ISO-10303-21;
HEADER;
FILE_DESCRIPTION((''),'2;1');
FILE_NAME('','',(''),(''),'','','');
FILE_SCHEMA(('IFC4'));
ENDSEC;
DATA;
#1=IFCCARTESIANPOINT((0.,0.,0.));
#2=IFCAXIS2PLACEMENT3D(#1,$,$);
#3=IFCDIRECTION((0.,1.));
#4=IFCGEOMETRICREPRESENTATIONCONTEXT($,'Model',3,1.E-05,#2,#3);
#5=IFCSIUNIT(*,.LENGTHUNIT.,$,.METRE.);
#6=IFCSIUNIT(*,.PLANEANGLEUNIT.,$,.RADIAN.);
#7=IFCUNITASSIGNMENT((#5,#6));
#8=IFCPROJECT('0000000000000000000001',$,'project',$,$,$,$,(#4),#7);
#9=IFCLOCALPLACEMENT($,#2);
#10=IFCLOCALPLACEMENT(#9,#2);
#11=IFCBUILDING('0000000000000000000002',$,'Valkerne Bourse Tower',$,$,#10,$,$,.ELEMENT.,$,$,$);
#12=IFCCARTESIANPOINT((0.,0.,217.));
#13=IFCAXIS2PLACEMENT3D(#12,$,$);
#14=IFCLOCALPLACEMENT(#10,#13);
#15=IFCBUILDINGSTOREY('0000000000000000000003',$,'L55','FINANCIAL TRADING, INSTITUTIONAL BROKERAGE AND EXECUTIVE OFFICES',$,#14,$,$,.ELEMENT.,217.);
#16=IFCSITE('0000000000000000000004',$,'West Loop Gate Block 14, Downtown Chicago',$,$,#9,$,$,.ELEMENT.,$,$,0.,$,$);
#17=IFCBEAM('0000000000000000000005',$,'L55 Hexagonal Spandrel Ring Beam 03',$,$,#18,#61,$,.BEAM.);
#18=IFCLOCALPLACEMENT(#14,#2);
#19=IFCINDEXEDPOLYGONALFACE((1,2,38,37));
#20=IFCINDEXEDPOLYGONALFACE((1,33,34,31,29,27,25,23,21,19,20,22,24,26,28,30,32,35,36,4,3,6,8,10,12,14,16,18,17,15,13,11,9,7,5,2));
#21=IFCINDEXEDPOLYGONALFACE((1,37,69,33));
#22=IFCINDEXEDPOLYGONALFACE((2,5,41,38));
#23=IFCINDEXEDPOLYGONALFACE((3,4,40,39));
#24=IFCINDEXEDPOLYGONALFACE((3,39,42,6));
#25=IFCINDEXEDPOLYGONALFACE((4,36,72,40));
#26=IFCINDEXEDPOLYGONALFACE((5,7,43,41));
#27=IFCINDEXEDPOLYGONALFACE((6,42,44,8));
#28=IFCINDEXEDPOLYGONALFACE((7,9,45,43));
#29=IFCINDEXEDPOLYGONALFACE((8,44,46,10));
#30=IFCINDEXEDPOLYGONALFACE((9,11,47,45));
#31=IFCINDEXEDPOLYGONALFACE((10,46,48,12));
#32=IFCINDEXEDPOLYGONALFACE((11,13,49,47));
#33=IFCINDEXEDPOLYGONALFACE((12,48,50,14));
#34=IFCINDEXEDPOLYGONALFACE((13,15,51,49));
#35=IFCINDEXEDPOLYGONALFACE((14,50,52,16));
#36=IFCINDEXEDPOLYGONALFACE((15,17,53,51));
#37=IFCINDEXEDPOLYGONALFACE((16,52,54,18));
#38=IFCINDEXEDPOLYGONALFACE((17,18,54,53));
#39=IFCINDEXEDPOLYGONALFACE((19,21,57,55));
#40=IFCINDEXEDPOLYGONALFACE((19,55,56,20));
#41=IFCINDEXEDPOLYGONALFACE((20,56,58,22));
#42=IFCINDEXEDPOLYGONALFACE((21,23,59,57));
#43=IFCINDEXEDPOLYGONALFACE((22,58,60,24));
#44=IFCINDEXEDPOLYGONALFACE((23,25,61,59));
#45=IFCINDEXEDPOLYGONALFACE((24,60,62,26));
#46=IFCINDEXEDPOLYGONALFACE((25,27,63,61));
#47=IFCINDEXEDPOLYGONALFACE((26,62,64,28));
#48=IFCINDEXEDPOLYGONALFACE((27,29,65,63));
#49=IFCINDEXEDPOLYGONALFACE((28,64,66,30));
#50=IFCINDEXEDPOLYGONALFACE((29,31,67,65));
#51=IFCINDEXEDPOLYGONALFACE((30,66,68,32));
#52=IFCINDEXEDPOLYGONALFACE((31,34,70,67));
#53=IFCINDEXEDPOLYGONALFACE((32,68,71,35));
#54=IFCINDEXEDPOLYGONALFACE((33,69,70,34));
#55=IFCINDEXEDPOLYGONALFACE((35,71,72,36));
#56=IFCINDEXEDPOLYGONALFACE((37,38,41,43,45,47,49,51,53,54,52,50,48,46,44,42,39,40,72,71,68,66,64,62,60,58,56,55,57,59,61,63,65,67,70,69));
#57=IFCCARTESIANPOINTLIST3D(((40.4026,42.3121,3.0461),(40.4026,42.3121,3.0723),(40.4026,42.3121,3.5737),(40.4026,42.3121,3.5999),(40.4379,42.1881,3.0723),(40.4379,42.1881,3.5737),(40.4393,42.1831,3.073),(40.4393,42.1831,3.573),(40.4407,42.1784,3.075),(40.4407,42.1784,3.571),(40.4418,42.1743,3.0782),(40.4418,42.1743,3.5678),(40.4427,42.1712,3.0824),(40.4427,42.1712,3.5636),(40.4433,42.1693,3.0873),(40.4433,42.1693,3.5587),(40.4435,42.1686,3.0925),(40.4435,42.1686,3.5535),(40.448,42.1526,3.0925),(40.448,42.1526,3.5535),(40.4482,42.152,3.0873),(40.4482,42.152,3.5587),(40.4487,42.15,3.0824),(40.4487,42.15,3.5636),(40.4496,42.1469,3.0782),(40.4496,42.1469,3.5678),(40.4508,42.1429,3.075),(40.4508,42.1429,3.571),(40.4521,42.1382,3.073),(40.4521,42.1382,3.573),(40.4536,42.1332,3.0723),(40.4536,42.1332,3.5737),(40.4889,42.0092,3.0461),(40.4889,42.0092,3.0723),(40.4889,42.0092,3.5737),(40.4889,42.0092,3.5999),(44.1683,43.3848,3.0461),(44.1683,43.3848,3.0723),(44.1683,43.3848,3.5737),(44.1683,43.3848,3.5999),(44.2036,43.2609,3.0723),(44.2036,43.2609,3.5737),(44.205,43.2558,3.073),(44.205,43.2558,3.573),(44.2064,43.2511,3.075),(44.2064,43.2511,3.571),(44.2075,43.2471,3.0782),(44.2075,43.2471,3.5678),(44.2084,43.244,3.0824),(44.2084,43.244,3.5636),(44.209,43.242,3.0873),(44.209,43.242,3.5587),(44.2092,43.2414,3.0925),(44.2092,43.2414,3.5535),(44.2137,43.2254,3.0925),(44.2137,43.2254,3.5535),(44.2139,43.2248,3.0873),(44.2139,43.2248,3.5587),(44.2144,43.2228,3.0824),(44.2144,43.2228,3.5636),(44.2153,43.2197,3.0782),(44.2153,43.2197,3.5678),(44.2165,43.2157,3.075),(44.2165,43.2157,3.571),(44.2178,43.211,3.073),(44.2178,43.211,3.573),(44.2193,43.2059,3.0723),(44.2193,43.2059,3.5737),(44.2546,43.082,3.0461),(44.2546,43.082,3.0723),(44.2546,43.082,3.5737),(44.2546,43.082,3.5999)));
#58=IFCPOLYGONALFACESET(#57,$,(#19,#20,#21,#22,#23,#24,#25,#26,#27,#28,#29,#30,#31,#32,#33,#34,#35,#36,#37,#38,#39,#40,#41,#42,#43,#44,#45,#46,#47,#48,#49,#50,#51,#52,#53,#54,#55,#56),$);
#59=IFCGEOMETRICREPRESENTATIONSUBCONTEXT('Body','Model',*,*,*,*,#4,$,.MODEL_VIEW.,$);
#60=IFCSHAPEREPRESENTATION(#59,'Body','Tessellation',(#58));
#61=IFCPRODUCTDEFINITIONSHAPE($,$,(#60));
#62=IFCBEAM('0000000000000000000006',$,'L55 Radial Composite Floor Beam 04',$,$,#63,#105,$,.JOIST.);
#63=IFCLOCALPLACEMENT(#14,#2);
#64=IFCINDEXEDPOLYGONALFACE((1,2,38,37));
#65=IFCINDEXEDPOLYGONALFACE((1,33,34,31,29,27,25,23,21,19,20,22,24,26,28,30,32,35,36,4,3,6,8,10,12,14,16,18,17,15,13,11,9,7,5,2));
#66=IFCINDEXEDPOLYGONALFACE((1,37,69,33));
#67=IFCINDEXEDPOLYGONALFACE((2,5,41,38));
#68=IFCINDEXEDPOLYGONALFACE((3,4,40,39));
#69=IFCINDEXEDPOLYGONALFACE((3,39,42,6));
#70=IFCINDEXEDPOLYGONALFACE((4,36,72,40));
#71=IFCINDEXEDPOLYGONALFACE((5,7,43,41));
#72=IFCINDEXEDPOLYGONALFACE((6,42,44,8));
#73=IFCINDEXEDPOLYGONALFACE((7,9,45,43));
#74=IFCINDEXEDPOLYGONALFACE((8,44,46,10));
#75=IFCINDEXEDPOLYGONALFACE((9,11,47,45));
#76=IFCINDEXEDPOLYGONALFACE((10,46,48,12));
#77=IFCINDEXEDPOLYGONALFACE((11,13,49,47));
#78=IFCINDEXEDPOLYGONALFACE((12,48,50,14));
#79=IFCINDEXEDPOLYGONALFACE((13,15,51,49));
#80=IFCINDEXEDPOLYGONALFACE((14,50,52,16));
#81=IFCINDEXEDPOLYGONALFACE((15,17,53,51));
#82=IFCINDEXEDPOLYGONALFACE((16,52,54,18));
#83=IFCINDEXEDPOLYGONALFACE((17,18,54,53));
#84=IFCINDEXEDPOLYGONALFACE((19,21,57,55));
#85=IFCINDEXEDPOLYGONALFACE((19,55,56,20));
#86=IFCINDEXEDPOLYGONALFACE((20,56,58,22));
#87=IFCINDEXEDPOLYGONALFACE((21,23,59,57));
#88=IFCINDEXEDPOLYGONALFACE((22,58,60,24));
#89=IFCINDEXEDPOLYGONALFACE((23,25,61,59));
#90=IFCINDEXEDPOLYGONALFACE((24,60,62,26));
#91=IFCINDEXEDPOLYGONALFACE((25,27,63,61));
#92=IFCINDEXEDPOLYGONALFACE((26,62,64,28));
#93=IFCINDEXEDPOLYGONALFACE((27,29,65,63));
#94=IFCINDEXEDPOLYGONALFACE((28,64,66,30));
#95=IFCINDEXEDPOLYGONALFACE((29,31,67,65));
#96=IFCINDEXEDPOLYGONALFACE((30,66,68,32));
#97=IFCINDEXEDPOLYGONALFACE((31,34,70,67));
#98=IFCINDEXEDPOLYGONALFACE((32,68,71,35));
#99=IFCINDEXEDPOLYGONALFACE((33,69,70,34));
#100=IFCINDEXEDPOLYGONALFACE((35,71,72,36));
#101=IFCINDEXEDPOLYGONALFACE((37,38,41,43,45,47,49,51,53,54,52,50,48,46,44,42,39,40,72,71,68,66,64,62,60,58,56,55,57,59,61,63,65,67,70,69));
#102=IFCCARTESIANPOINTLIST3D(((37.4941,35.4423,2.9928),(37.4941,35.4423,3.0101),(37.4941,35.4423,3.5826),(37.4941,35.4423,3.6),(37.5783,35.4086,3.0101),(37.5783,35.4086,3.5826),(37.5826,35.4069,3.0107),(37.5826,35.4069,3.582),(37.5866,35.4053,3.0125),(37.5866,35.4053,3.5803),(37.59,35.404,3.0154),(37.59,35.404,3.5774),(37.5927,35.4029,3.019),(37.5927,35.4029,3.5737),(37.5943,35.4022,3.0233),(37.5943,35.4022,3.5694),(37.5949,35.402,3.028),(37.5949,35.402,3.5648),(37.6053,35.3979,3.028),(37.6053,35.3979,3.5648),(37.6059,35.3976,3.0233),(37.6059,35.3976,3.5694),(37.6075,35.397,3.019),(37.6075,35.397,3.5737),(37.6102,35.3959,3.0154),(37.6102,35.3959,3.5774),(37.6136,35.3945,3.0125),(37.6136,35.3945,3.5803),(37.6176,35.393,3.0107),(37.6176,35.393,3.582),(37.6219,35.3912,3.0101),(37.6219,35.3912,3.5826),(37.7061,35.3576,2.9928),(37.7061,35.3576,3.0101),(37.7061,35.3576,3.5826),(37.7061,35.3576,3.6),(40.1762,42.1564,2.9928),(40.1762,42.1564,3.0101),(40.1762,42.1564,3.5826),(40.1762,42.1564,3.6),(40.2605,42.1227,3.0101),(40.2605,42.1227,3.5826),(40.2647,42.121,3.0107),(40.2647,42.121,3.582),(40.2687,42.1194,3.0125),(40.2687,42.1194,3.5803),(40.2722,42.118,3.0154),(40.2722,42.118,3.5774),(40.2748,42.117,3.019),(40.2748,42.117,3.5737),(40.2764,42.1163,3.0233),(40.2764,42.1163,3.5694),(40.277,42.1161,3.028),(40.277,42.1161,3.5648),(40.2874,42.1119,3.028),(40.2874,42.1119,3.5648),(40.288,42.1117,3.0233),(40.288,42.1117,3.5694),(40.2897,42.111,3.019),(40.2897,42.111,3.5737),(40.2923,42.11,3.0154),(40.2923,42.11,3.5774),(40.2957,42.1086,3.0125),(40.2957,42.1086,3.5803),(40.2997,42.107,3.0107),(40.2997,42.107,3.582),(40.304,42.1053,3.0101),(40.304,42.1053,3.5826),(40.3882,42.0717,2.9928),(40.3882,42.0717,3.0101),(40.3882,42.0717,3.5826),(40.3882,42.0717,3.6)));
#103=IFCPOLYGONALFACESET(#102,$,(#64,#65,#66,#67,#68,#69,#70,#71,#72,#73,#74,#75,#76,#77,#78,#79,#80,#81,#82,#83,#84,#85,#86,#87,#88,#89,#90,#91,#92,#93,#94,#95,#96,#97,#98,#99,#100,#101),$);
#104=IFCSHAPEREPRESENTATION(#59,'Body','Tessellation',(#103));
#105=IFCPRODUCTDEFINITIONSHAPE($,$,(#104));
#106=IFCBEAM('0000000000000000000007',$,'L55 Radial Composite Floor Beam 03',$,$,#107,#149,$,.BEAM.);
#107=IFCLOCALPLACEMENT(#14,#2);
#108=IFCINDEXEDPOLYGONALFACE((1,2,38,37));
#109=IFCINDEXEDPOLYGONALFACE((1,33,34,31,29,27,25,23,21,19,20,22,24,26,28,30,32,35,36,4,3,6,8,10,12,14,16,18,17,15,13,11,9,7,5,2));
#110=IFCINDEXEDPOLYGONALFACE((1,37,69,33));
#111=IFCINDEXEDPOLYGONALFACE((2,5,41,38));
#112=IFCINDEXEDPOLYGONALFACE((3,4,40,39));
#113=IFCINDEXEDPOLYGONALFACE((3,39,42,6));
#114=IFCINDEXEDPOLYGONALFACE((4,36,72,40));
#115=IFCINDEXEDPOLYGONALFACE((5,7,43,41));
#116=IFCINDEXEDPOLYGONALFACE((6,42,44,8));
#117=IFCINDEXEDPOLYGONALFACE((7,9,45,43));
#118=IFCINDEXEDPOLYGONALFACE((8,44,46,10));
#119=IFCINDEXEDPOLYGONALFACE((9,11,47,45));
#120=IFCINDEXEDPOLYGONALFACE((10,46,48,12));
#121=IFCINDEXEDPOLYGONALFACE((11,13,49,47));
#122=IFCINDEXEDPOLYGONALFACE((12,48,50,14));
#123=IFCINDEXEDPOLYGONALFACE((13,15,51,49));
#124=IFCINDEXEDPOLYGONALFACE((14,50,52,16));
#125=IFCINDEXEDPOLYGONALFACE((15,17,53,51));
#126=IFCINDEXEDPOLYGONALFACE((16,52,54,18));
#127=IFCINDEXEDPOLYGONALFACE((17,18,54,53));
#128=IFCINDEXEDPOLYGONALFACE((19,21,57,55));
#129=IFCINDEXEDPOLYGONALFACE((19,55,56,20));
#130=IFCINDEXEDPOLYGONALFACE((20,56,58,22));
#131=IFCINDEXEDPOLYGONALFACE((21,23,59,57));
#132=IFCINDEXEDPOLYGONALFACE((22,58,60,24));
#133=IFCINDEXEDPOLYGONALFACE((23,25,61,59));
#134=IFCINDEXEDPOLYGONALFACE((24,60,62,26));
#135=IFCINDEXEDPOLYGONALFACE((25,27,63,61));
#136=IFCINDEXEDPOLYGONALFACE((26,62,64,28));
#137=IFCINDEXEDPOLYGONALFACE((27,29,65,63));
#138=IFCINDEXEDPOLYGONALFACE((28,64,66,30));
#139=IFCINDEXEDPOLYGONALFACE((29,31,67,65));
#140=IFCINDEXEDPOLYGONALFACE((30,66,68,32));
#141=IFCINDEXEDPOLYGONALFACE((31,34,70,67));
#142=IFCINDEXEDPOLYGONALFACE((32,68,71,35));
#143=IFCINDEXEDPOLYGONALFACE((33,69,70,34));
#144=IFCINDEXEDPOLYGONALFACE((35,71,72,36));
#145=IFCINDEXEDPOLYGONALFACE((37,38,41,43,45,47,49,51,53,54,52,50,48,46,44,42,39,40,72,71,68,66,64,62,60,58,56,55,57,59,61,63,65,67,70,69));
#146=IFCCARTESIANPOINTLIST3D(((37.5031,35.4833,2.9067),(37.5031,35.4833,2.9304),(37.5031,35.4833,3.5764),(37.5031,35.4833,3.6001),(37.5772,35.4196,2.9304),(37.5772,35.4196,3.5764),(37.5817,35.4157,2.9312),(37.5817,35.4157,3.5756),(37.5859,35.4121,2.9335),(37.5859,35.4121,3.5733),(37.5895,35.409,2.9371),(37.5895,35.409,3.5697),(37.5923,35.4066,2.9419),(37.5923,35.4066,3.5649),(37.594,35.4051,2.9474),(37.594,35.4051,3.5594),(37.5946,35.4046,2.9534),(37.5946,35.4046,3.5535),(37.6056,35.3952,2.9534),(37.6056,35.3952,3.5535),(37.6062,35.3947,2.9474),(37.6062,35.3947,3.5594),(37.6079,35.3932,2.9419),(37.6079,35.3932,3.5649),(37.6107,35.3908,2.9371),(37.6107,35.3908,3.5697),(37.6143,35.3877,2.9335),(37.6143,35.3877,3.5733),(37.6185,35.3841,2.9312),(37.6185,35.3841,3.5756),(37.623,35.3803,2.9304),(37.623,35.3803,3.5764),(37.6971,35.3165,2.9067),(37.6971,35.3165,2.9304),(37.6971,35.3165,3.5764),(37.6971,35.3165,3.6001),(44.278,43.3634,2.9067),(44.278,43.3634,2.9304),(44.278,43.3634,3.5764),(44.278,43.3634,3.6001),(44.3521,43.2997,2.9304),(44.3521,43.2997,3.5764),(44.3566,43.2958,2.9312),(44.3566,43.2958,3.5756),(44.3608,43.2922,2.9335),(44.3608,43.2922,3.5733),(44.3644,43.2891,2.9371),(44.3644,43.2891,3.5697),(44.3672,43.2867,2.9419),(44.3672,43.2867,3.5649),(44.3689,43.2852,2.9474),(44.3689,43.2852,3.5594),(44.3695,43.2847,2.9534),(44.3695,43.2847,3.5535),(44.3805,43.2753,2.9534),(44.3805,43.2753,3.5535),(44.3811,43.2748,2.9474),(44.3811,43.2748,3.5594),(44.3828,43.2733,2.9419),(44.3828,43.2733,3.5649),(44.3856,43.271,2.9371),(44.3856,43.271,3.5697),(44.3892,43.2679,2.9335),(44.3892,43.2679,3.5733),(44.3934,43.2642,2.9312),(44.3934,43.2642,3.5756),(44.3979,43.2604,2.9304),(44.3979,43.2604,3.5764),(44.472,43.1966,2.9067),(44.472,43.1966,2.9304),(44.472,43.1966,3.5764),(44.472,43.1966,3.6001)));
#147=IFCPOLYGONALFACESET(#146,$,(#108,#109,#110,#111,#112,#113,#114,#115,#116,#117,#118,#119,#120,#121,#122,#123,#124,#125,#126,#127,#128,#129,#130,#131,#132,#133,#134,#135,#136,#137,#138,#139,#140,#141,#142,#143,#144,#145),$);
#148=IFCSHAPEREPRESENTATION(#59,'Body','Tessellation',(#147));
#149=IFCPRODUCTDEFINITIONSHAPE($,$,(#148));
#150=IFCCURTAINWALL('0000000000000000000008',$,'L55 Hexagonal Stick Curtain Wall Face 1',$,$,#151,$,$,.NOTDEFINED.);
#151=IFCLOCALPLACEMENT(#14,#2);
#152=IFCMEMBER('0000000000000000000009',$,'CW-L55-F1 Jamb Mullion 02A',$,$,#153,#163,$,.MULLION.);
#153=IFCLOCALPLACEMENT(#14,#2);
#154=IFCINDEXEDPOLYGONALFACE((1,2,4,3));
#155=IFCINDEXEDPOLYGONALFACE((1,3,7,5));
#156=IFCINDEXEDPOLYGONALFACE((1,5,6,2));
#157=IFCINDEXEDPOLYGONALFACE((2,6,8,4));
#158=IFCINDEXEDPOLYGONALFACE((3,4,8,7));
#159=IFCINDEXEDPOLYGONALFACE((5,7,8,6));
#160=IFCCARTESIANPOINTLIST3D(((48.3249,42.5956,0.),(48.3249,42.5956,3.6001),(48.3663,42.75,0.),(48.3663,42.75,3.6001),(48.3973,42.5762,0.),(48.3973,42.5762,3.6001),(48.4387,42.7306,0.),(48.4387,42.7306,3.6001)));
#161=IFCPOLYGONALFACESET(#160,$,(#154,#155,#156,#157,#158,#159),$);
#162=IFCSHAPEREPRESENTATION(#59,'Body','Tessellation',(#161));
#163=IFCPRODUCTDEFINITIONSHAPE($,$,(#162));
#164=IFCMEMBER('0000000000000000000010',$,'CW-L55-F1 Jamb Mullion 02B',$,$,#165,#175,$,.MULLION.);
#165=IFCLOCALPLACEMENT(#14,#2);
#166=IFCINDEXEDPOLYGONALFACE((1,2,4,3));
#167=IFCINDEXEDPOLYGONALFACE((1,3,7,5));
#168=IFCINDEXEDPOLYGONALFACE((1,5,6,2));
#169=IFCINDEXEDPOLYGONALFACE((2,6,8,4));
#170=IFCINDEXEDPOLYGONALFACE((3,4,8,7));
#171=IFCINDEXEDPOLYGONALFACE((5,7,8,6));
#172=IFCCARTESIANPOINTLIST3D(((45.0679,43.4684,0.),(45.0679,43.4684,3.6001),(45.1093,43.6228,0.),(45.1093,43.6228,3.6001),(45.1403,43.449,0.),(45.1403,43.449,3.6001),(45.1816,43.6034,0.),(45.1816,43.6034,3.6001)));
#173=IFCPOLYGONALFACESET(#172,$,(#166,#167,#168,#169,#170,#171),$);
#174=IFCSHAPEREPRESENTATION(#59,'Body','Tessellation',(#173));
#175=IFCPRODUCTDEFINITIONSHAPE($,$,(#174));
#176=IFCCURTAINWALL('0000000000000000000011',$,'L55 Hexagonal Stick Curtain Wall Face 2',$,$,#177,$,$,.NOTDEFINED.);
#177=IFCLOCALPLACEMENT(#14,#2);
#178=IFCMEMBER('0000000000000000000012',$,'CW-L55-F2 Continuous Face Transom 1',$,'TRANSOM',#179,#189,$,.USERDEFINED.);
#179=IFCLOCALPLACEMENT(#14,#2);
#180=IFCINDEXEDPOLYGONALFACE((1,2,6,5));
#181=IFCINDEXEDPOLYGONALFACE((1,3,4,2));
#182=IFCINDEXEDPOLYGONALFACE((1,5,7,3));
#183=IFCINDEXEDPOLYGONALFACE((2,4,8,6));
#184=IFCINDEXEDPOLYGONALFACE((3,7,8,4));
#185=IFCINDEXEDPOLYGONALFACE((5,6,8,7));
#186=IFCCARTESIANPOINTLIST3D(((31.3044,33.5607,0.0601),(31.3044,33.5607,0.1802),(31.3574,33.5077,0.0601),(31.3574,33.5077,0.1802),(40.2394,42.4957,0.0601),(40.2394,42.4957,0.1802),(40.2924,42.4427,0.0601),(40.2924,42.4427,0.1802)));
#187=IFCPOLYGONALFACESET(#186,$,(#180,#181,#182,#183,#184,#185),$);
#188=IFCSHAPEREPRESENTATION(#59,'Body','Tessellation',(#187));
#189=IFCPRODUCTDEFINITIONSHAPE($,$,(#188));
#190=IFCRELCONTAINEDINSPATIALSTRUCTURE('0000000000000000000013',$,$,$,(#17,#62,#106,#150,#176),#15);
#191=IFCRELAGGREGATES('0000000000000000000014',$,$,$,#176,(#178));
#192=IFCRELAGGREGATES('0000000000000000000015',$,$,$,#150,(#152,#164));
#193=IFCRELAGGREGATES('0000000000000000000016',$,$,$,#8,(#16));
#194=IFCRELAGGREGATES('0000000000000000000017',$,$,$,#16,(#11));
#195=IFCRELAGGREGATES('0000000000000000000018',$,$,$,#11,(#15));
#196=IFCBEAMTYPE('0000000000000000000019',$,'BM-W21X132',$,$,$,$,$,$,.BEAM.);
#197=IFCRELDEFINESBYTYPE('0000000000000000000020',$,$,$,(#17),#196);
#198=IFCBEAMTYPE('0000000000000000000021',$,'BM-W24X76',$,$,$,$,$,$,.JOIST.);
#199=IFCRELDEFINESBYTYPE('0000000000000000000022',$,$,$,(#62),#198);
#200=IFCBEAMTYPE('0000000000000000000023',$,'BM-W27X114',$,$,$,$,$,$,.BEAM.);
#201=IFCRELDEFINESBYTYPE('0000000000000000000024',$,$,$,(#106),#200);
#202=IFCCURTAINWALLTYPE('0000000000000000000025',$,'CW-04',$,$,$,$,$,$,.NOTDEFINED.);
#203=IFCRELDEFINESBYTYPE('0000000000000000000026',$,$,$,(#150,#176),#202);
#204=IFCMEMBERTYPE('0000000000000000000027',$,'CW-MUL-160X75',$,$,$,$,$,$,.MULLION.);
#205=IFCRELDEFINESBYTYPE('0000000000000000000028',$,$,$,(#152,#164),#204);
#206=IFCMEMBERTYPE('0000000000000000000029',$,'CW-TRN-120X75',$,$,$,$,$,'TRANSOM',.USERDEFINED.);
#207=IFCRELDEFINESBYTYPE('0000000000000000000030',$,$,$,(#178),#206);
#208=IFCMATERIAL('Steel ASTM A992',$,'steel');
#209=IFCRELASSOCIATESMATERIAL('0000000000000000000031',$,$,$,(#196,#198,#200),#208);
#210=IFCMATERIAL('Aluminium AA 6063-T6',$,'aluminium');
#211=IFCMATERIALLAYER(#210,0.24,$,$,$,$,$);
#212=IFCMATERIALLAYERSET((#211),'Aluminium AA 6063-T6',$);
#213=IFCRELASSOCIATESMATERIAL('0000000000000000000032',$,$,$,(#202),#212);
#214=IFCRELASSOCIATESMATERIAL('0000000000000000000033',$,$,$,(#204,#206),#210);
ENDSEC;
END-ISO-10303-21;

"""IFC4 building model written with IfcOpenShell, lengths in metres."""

from ifc_helpers import new_model, si_unit, direction, frame, origin, origin_2d, place, context, subcontext, project, spatial, rectangle, i_section, extrude, material, layer, layer_set, material_profile, profile_set, type_object, element, aggregate, save


model = new_model("IFC4")

# Units and contexts
model_context = context("Model", 3, precision=1e-05, world=origin(), true_north=direction((0.0, 1.0)))
body_context = subcontext(model_context, "Body", "Model", "MODEL_VIEW")
ifc_project = project(units=[si_unit("LENGTHUNIT", "METRE"), si_unit("PLANEANGLEUNIT", "RADIAN")], contexts=[model_context])

# Site, building, storey
site_placement = place(None, origin())
site = spatial("IfcSite", under=ifc_project, at=site_placement, Name="West Loop Gate Block 14, Downtown Chicago", CompositionType="ELEMENT", RefElevation=0.0)
building_placement = place(site_placement, origin())
building = spatial("IfcBuilding", under=site, at=building_placement, Name="Valkerne Bourse Tower", CompositionType="ELEMENT")
storey_placement = place(building_placement, frame((0.0, 0.0, 217.0)))
storey = spatial("IfcBuildingStorey", under=building, at=storey_placement, Name="L55", Description="FINANCIAL TRADING, INSTITUTIONAL BROKERAGE AND EXECUTIVE OFFICES", CompositionType="ELEMENT", Elevation=217.0)

# Beams
ifc_material_1 = material(Name="Steel ASTM A992", Category="steel")
ifc_material_profile_1 = material_profile(ifc_material_1, i_section(OverallWidth=0.3149, OverallDepth=0.5537, WebThickness=0.0166, FlangeThickness=0.0261, FilletRadius=0.0203, at=origin_2d()), Name="W21X132")
ifc_profile_set_1 = profile_set([ifc_material_profile_1], Name="Steel ASTM A992")
beam_type_1 = type_object("IfcBeamType", Name="BM-W21X132", PredefinedType="BEAM", material=ifc_profile_set_1)
beam_1_placement = place(storey_placement, frame((44.2114, 43.2334, 3.323), z_axis=(-0.961735, -0.27398, 0.0), x_axis=(0.27398, -0.961735, 0.0)))
element("IfcBeam", 1, at=beam_1_placement, inside=storey, type_object=beam_type_1, Name="L55 Hexagonal Spandrel Ring Beam 03", PredefinedType="BEAM", context=body_context, shape_type="SweptSolid", body=[
    extrude(i_section(OverallWidth=0.3149, OverallDepth=0.5537, WebThickness=0.0166, FlangeThickness=0.0261, FilletRadius=0.0203, at=origin_2d()), origin(), (0.0, 0.0, 1.0), 3.9155),
])
ifc_material_profile_2 = material_profile(ifc_material_1, i_section(OverallWidth=0.2283, OverallDepth=0.6072, WebThickness=0.0112, FlangeThickness=0.0173, FilletRadius=0.0178, at=origin_2d()), Name="W24X76")
ifc_profile_set_2 = profile_set([ifc_material_profile_2], Name="Steel ASTM A992")
beam_type_2 = type_object("IfcBeamType", Name="BM-W24X76", PredefinedType="JOIST", material=ifc_profile_set_2)
beam_2_placement = place(storey_placement, frame((40.2822, 42.114, 3.2964), z_axis=(-0.370971, -0.928644, 0.0), x_axis=(0.928644, -0.370971, 0.0)))
element("IfcBeam", 2, at=beam_2_placement, inside=storey, type_object=beam_type_2, Name="L55 Radial Composite Floor Beam 04", PredefinedType="JOIST", context=body_context, shape_type="SweptSolid", body=[
    extrude(i_section(OverallWidth=0.2283, OverallDepth=0.6072, WebThickness=0.0112, FlangeThickness=0.0173, FilletRadius=0.0178, at=origin_2d()), origin(), (0.0, 0.0, 1.0), 7.23),
])
ifc_material_profile_3 = material_profile(ifc_material_1, i_section(OverallWidth=0.2559, OverallDepth=0.6934, WebThickness=0.0144, FlangeThickness=0.0237, FilletRadius=0.0229, at=origin_2d()), Name="W27X114")
ifc_profile_set_3 = profile_set([ifc_material_profile_3], Name="Steel ASTM A992")
beam_type_3 = type_object("IfcBeamType", Name="BM-W27X114", PredefinedType="BEAM", material=ifc_profile_set_3)
beam_3_placement = place(storey_placement, frame((44.375, 43.28, 3.2534), z_axis=(-0.651928, -0.758281, 0.0), x_axis=(0.758281, -0.651928, 0.0)))
element("IfcBeam", 3, at=beam_3_placement, inside=storey, type_object=beam_type_3, Name="L55 Radial Composite Floor Beam 03", PredefinedType="BEAM", context=body_context, shape_type="SweptSolid", body=[
    extrude(i_section(OverallWidth=0.2559, OverallDepth=0.6934, WebThickness=0.0144, FlangeThickness=0.0237, FilletRadius=0.0229, at=origin_2d()), origin(), (0.0, 0.0, 1.0), 10.3921),
])

# Curtain walls, members
ifc_material_2 = material(Name="Aluminium AA 6063-T6", Category="aluminium")
ifc_layer_1 = layer(ifc_material_2, 0.24)
ifc_layer_set_1 = layer_set([ifc_layer_1], Name="Aluminium AA 6063-T6")
curtain_wall_type = type_object("IfcCurtainWallType", Name="CW-04", PredefinedType="NOTDEFINED", material=ifc_layer_set_1)
curtain_wall_1_placement = place(storey_placement, origin())
curtain_wall_1 = element("IfcCurtainWall", 4, at=curtain_wall_1_placement, inside=storey, type_object=curtain_wall_type, Name="L55 Hexagonal Stick Curtain Wall Face 1", PredefinedType="NOTDEFINED")
ifc_material_profile_4 = material_profile(ifc_material_2, rectangle(XDim=0.075, YDim=0.1599, at=origin_2d()), Name="CWM-75X160")
ifc_profile_set_4 = profile_set([ifc_material_profile_4], Name="Aluminium AA 6063-T6")
member_type_1 = type_object("IfcMemberType", Name="CW-MUL-160X75", PredefinedType="MULLION", material=ifc_profile_set_4)
member_1_placement = place(storey_placement, frame((48.3818, 42.6631, 0.0), z_axis=(0.0, 0.0, 1.0), x_axis=(-0.965923, 0.25883, 0.0)))
member_1 = element("IfcMember", 5, at=member_1_placement, type_object=member_type_1, Name="CW-L55-F1 Jamb Mullion 02A", PredefinedType="MULLION", context=body_context, shape_type="SweptSolid", body=[
    extrude(rectangle(XDim=0.075, YDim=0.1599, at=origin_2d()), origin(), (0.0, 0.0, 1.0), 3.6001),
])
member_2_placement = place(storey_placement, frame((45.1248, 43.5359, 0.0), z_axis=(0.0, 0.0, 1.0), x_axis=(-0.965923, 0.25883, 0.0)))
member_2 = element("IfcMember", 6, at=member_2_placement, type_object=member_type_1, Name="CW-L55-F1 Jamb Mullion 02B", PredefinedType="MULLION", context=body_context, shape_type="SweptSolid", body=[
    extrude(rectangle(XDim=0.075, YDim=0.1599, at=origin_2d()), origin(), (0.0, 0.0, 1.0), 3.6001),
])
curtain_wall_2_placement = place(storey_placement, origin())
curtain_wall_2 = element("IfcCurtainWall", 7, at=curtain_wall_2_placement, inside=storey, type_object=curtain_wall_type, Name="L55 Hexagonal Stick Curtain Wall Face 2", PredefinedType="NOTDEFINED")
ifc_material_profile_5 = material_profile(ifc_material_2, rectangle(XDim=0.075, YDim=0.1201, at=origin_2d()), Name="CWT-75X120")
ifc_profile_set_5 = profile_set([ifc_material_profile_5], Name="Aluminium AA 6063-T6")
member_type_2 = type_object("IfcMemberType", Name="CW-TRN-120X75", ElementType="TRANSOM", PredefinedType="USERDEFINED", material=ifc_profile_set_5)
member_3_placement = place(storey_placement, frame((40.2659, 42.4692, 0.1201), z_axis=(-0.707107, -0.707107, 0.0), x_axis=(0.707107, -0.707107, 0.0)))
member_3 = element("IfcMember", 8, at=member_3_placement, type_object=member_type_2, Name="CW-L55-F2 Continuous Face Transom 1", ObjectType="TRANSOM", PredefinedType="USERDEFINED", context=body_context, shape_type="SweptSolid", body=[
    extrude(rectangle(XDim=0.075, YDim=0.1201, at=origin_2d()), origin(), (0.0, 0.0, 1.0), 12.636),
])
aggregate(curtain_wall_2, [member_3])

aggregate(curtain_wall_1, [member_1, member_2])

save(model, "model.ifc")
